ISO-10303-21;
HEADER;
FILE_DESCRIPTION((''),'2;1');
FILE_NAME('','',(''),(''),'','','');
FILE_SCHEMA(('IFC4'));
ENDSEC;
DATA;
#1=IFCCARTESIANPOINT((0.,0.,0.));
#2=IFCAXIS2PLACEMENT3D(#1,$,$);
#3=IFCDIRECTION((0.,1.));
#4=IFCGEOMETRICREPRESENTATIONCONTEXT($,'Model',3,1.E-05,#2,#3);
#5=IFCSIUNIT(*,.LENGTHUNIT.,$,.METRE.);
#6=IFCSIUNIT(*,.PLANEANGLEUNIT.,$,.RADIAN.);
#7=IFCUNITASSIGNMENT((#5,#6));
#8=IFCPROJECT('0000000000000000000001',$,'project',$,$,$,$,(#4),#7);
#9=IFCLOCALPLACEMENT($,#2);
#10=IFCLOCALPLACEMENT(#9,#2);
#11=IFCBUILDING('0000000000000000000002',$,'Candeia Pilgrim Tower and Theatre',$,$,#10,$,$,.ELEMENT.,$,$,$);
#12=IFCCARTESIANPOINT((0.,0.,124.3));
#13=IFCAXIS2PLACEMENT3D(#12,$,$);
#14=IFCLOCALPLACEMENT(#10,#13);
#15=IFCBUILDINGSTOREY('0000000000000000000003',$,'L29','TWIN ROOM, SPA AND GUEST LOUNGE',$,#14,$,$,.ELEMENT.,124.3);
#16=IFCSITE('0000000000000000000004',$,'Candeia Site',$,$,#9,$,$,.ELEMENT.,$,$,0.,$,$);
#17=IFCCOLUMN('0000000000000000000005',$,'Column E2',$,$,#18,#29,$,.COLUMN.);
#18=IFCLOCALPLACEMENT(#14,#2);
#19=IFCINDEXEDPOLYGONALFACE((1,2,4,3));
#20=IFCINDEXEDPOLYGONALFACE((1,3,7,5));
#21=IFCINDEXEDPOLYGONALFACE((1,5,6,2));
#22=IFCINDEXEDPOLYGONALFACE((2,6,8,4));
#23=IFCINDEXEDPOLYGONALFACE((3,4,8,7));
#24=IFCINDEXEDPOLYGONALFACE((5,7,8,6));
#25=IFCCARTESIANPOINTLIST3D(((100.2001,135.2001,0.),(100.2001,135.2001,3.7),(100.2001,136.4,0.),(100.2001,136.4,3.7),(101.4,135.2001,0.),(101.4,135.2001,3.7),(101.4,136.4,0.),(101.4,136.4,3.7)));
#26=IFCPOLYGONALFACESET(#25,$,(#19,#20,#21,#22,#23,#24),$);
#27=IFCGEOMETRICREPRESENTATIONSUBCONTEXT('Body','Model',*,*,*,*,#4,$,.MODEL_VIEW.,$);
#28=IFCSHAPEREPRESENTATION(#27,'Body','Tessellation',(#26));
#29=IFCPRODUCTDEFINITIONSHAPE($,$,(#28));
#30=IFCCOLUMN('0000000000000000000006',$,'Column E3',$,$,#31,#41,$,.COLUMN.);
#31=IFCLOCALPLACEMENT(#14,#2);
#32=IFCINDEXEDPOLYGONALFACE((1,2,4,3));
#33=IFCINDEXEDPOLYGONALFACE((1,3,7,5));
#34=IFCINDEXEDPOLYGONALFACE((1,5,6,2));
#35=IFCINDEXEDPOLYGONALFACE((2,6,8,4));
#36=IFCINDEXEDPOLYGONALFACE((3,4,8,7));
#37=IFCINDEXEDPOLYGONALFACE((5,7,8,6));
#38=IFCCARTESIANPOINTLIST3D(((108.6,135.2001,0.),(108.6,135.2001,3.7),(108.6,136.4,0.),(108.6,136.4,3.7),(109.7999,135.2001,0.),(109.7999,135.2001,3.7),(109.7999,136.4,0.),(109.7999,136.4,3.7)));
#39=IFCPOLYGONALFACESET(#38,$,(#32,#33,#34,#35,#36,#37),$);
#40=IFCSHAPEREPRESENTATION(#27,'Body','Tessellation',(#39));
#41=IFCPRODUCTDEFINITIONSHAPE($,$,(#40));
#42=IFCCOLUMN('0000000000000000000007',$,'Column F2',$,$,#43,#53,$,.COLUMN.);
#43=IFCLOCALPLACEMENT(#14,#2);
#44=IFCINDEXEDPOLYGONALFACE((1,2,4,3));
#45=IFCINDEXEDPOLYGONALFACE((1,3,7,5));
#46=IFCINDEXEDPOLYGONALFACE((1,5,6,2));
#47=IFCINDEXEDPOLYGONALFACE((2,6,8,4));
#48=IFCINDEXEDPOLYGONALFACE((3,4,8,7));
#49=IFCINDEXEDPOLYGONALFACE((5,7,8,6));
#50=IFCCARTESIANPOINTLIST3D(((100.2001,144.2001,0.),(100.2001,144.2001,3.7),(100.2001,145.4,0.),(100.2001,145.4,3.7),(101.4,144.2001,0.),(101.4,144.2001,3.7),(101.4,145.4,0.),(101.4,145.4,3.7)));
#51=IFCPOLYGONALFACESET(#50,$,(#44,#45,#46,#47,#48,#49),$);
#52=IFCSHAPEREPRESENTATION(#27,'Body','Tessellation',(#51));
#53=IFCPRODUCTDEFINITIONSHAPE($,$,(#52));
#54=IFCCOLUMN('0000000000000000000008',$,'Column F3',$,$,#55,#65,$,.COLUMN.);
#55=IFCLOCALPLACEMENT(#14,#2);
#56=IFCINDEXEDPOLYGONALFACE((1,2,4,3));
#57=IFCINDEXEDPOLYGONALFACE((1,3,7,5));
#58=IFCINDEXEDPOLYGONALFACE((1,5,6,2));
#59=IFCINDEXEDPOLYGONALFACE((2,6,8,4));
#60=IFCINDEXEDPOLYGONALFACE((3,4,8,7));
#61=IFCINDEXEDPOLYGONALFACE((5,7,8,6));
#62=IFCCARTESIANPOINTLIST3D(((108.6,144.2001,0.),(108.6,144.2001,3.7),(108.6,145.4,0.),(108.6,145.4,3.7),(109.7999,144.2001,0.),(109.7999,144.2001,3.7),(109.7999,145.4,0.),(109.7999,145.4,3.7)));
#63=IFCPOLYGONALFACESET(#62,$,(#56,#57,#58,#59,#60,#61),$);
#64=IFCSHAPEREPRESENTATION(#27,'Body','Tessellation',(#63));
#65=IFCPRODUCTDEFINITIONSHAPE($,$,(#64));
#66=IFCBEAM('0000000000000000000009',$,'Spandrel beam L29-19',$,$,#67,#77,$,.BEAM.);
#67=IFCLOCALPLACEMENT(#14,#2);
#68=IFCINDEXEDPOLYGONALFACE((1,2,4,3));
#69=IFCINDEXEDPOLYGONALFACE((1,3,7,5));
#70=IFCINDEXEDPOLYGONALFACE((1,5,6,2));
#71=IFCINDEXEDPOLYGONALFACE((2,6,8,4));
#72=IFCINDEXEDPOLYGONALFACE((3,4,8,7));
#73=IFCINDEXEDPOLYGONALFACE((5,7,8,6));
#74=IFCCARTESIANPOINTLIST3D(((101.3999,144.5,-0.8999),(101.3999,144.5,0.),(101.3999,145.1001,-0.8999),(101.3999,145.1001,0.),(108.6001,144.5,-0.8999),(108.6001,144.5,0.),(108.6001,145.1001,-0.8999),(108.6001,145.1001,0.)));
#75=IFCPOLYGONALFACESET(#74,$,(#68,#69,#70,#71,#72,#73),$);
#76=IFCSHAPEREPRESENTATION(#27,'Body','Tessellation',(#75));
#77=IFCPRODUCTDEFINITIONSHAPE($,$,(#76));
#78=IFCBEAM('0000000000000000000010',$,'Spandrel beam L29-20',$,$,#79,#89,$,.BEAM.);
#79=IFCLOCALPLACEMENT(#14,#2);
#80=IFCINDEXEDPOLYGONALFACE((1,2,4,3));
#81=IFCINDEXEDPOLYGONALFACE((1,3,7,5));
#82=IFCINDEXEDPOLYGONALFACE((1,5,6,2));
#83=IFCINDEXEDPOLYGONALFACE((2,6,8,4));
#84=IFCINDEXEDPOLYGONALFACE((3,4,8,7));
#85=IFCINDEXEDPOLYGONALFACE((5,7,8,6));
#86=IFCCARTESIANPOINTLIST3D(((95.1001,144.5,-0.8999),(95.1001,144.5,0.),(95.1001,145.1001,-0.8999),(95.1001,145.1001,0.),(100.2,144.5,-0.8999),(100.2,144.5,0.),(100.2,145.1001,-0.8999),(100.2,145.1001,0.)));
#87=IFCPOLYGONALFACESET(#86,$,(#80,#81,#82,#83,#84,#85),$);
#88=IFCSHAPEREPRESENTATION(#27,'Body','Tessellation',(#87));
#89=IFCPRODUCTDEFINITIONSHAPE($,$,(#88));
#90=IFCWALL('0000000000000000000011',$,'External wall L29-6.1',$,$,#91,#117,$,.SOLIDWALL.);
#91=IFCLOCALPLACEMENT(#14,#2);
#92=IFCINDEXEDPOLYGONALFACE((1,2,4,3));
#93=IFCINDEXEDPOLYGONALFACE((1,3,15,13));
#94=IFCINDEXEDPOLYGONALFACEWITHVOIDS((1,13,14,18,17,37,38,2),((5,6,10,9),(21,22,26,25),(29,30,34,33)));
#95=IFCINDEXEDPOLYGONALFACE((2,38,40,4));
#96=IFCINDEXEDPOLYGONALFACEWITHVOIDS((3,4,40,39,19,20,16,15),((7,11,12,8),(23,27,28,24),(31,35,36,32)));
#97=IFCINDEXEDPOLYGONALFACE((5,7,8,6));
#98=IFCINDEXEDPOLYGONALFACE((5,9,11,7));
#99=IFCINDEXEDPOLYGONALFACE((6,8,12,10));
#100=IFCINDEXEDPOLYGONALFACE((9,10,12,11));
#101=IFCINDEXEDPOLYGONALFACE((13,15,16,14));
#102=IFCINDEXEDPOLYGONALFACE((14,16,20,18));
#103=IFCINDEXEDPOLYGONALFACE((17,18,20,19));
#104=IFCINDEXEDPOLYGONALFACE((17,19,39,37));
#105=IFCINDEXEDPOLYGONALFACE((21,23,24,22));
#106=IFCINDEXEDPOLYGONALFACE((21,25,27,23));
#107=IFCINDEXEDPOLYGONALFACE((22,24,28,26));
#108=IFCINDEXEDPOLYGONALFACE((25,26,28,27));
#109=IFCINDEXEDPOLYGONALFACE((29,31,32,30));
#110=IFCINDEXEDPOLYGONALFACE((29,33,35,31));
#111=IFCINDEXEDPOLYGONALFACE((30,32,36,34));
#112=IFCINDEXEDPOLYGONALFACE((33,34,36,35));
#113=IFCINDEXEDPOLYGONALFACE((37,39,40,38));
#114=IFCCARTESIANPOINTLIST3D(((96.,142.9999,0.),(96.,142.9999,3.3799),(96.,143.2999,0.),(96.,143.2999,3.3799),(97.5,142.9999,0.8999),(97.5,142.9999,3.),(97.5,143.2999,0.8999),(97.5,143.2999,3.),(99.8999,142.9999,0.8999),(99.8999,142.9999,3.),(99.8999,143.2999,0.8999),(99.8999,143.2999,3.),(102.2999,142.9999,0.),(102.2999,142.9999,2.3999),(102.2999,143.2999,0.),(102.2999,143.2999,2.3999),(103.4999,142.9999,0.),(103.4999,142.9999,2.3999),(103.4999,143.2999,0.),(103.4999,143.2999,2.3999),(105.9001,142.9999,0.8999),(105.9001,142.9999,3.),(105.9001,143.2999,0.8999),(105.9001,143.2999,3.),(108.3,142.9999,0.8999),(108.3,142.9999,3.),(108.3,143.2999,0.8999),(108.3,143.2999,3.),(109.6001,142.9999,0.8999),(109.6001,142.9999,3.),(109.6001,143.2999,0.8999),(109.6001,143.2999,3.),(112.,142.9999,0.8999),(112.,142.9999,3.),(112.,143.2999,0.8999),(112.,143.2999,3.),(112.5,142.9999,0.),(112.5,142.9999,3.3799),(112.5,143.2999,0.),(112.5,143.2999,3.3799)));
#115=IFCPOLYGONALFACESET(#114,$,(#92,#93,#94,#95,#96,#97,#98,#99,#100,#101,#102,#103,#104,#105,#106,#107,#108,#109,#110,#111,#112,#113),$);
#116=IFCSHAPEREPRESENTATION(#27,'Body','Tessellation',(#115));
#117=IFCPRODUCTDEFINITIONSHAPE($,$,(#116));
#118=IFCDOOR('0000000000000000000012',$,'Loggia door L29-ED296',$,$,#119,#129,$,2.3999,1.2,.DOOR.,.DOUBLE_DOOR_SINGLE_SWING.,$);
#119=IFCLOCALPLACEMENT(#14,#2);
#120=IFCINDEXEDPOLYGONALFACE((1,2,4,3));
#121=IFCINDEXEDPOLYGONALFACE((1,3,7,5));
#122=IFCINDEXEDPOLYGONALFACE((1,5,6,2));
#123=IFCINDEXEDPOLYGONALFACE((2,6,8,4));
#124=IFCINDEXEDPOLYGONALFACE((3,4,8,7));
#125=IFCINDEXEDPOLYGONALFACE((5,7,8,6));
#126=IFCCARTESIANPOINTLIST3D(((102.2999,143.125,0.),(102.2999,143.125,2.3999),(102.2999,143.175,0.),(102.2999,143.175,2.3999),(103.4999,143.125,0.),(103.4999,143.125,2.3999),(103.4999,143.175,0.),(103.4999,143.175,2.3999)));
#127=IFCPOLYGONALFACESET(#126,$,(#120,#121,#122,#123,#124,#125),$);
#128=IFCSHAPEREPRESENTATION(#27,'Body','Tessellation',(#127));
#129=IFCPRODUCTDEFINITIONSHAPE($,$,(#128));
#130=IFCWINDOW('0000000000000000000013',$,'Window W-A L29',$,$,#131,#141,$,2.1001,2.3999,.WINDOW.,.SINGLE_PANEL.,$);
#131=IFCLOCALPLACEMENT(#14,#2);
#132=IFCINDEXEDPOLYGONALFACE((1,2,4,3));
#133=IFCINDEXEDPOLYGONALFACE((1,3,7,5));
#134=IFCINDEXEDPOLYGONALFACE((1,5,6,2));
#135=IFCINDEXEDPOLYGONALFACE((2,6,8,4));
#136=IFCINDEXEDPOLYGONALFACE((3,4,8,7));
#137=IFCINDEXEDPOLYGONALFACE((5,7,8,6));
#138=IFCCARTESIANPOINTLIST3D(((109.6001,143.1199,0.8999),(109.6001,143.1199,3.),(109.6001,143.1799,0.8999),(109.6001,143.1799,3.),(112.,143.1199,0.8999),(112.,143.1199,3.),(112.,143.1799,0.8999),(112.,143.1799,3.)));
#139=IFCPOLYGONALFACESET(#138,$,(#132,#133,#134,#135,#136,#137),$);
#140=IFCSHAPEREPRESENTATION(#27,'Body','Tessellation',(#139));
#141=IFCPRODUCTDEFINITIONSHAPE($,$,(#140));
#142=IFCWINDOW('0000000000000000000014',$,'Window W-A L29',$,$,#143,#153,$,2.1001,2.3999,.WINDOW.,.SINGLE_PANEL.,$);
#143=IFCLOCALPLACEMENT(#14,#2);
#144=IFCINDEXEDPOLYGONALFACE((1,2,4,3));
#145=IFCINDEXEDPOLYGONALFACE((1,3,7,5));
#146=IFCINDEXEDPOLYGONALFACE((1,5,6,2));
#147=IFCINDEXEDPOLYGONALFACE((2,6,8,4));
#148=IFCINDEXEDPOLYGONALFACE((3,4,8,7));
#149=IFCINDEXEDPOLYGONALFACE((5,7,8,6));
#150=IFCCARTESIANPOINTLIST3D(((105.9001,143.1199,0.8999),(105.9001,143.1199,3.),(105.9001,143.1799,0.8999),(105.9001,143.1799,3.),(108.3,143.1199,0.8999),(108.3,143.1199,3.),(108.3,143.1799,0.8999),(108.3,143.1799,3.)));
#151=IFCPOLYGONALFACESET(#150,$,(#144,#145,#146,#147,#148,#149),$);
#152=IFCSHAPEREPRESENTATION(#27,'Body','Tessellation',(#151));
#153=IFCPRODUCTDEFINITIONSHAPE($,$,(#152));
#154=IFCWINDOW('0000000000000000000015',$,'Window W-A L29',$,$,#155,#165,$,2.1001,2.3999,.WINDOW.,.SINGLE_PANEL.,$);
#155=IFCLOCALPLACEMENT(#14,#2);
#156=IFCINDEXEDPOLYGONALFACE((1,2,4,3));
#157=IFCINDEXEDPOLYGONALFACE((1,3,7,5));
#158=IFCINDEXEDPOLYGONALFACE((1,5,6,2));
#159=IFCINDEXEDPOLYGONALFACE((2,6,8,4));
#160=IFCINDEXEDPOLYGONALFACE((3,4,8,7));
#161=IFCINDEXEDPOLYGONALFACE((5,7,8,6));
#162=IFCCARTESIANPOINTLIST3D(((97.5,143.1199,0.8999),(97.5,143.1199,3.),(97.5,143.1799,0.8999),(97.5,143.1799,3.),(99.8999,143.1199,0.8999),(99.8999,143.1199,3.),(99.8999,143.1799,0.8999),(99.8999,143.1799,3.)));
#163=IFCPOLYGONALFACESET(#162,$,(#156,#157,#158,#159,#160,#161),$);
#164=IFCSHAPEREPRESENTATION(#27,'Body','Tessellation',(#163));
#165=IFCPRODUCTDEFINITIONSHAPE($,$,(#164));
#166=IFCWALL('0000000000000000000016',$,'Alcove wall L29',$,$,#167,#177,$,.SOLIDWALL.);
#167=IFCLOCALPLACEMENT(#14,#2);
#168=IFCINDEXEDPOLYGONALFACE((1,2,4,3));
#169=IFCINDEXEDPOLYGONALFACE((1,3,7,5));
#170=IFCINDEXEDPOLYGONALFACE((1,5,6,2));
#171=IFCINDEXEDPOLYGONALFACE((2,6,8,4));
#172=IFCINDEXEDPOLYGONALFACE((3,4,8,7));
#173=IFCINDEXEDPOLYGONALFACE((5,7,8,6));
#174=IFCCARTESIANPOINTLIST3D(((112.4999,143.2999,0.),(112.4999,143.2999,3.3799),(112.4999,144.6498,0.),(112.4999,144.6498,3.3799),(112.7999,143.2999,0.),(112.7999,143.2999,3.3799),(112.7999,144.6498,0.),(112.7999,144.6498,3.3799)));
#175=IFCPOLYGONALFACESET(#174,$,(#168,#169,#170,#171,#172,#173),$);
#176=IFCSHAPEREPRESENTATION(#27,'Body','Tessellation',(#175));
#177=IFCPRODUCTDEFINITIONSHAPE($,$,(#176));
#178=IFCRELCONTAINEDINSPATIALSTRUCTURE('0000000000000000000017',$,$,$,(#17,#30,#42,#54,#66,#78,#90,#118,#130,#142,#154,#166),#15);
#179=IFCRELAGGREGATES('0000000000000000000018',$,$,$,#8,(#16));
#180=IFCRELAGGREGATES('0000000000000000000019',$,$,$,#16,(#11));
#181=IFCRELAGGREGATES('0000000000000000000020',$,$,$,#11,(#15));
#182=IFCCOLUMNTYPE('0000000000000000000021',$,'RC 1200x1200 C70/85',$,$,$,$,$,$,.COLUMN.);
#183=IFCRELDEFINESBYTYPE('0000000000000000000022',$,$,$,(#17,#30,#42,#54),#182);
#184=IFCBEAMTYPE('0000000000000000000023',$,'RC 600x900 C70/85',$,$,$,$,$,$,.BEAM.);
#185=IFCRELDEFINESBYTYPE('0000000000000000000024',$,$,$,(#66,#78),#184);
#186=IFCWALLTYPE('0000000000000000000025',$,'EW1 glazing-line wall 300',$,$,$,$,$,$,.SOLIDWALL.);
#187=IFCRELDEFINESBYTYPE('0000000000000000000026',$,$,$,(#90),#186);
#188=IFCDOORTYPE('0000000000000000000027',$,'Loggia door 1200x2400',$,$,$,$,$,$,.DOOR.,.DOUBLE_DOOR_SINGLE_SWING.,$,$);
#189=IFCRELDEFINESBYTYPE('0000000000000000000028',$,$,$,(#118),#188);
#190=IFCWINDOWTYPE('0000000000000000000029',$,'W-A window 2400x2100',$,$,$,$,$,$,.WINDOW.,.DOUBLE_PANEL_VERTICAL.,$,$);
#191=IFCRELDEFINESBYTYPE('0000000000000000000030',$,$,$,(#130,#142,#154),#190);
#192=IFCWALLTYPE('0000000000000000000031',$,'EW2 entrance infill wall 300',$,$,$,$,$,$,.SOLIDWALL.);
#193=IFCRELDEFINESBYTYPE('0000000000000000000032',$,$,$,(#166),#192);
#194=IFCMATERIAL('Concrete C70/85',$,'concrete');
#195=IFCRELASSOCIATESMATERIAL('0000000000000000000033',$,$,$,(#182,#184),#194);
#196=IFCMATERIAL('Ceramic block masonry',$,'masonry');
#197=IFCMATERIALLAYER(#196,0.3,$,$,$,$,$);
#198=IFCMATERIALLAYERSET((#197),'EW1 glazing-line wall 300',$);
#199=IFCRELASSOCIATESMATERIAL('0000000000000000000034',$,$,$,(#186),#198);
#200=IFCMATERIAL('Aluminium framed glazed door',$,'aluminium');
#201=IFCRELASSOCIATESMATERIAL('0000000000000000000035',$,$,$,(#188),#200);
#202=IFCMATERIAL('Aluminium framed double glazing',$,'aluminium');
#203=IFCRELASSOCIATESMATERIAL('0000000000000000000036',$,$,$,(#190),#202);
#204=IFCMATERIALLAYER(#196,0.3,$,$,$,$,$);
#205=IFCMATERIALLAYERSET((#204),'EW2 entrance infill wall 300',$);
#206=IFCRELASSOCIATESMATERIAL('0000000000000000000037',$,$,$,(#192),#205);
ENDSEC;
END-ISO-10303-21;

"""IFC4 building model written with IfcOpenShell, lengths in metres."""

from ifc_helpers import new_model, si_unit, direction, frame, frame_2d, origin, origin_2d, place, context, subcontext, project, spatial, rectangle, extrude, material, layer, layer_set, material_profile, profile_set, type_object, element, fill, save


model = new_model("IFC4")

# Units and contexts
model_context = context("Model", 3, precision=1e-05, world=origin(), true_north=direction((0.0, 1.0)))
body_context = subcontext(model_context, "Body", "Model", "MODEL_VIEW")
ifc_project = project(units=[si_unit("LENGTHUNIT", "METRE"), si_unit("PLANEANGLEUNIT", "RADIAN")], contexts=[model_context])

# Site, building, storey
site_placement = place(None, origin())
site = spatial("IfcSite", under=ifc_project, at=site_placement, Name="Candeia Site", CompositionType="ELEMENT", RefElevation=0.0)
building_placement = place(site_placement, origin())
building = spatial("IfcBuilding", under=site, at=building_placement, Name="Candeia Pilgrim Tower and Theatre", CompositionType="ELEMENT")
storey_placement = place(building_placement, frame((0.0, 0.0, 124.3)))
storey = spatial("IfcBuildingStorey", under=building, at=storey_placement, Name="L29", Description="TWIN ROOM, SPA AND GUEST LOUNGE", CompositionType="ELEMENT", Elevation=124.3)

# Columns
ifc_material_1 = material(Name="Concrete C70/85", Category="concrete")
ifc_material_profile_1 = material_profile(ifc_material_1, rectangle(XDim=1.2, YDim=1.2, at=origin_2d()))
ifc_profile_set_1 = profile_set([ifc_material_profile_1], Name="Concrete C70/85")
column_type = type_object("IfcColumnType", Name="RC 1200x1200 C70/85", PredefinedType="COLUMN", material=ifc_profile_set_1)
for number, where, z_axis, x_axis, name in (
    (1, (100.8, 135.8, 0.0), (0.0, 0.0, 1.0), (1.0, 0.0, 0.0), "Column E2"),
    (2, (109.2, 135.8, 0.0), (0.0, 0.0, 1.0), (1.0, 0.0, 0.0), "Column E3"),
    (3, (100.8, 144.8, 0.0), (0.0, 0.0, 1.0), (1.0, 0.0, 0.0), "Column F2"),
    (4, (109.2, 144.8, 0.0), (0.0, 0.0, 1.0), (1.0, 0.0, 0.0), "Column F3"),
):
    element("IfcColumn", number, at=place(storey_placement, frame(where, z_axis=z_axis, x_axis=x_axis)), inside=storey, type_object=column_type, Name=name, PredefinedType="COLUMN", context=body_context, shape_type="SweptSolid", body=[
        extrude(rectangle(XDim=1.2, YDim=1.2, at=origin_2d()), origin(), (0.0, 0.0, 1.0), 3.7),
    ])

# Beams
ifc_material_profile_2 = material_profile(ifc_material_1, rectangle(XDim=0.6001, YDim=0.8999, at=origin_2d()))
ifc_profile_set_2 = profile_set([ifc_material_profile_2], Name="Concrete C70/85")
beam_type = type_object("IfcBeamType", Name="RC 600x900 C70/85", PredefinedType="BEAM", material=ifc_profile_set_2)
beam_1_placement = place(storey_placement, frame((108.6001, 144.8, -0.45), z_axis=(-1.0, 0.0, 0.0), x_axis=(0.0, -1.0, 0.0)))
element("IfcBeam", 5, at=beam_1_placement, inside=storey, type_object=beam_type, Name="Spandrel beam L29-19", PredefinedType="BEAM", context=body_context, shape_type="SweptSolid", body=[
    extrude(rectangle(XDim=0.6001, YDim=0.8999, at=origin_2d()), origin(), (0.0, 0.0, 1.0), 7.2002),
])
beam_2_placement = place(storey_placement, frame((100.2, 144.8, -0.45), z_axis=(-1.0, 0.0, 0.0), x_axis=(0.0, -1.0, 0.0)))
element("IfcBeam", 6, at=beam_2_placement, inside=storey, type_object=beam_type, Name="Spandrel beam L29-20", PredefinedType="BEAM", context=body_context, shape_type="SweptSolid", body=[
    extrude(rectangle(XDim=0.6001, YDim=0.8999, at=origin_2d()), origin(), (0.0, 0.0, 1.0), 5.0999),
])

# Wall, openings, door, windows
ifc_material_2 = material(Name="Ceramic block masonry", Category="masonry")
ifc_layer_1 = layer(ifc_material_2, 0.3)
ifc_layer_set_1 = layer_set([ifc_layer_1], Name="EW1 glazing-line wall 300")
wall_type_1 = type_object("IfcWallType", Name="EW1 glazing-line wall 300", PredefinedType="SOLIDWALL", material=ifc_layer_set_1)
wall_1_placement = place(storey_placement, frame((112.5, 143.1499, 0.0), z_axis=(0.0, 0.0, 1.0), x_axis=(-1.0, 0.0, 0.0)))
wall_1 = element("IfcWall", 7, at=wall_1_placement, inside=storey, type_object=wall_type_1, Name="External wall L29-6.1", PredefinedType="SOLIDWALL", context=body_context, shape_type="SweptSolid", body=[
    extrude(rectangle(XDim=16.5, YDim=0.3, at=frame_2d((8.25, 0.0))), origin(), (0.0, 0.0, 1.0), 3.3799),
])
opening_1_placement = place(wall_1_placement, frame((0.5, 0.0, 0.8999)))
opening_1 = element("IfcOpeningElement", 8, at=opening_1_placement, cuts=wall_1, PredefinedType="OPENING", context=body_context, shape_type="SweptSolid", body=[
    extrude(rectangle(XDim=2.3999, YDim=2.1001, at=frame_2d((1.2, 1.05))), frame((0.0, 0.1602, 0.0), z_axis=(0.0, -1.0, 0.0), x_axis=(1.0, 0.0, 0.0)), (0.0, 0.0, 1.0), 0.3201),
])
opening_2_placement = place(wall_1_placement, frame((4.2, 0.0, 0.8999)))
opening_2 = element("IfcOpeningElement", 9, at=opening_2_placement, cuts=wall_1, PredefinedType="OPENING", context=body_context, shape_type="SweptSolid", body=[
    extrude(rectangle(XDim=2.3999, YDim=2.1001, at=frame_2d((1.2, 1.05))), frame((0.0, 0.1602, 0.0), z_axis=(0.0, -1.0, 0.0), x_axis=(1.0, 0.0, 0.0)), (0.0, 0.0, 1.0), 0.3201),
])
opening_3_placement = place(wall_1_placement, frame((9.0, 0.0, 0.0)))
opening_3 = element("IfcOpeningElement", 10, at=opening_3_placement, cuts=wall_1, PredefinedType="OPENING", context=body_context, shape_type="SweptSolid", body=[
    extrude(rectangle(XDim=1.2, YDim=2.3999, at=frame_2d((0.6001, 1.2))), frame((0.0, 0.1602, 0.0), z_axis=(0.0, -1.0, 0.0), x_axis=(1.0, 0.0, 0.0)), (0.0, 0.0, 1.0), 0.3201),
])
opening_4_placement = place(wall_1_placement, frame((12.6001, 0.0, 0.8999)))
opening_4 = element("IfcOpeningElement", 11, at=opening_4_placement, cuts=wall_1, PredefinedType="OPENING", context=body_context, shape_type="SweptSolid", body=[
    extrude(rectangle(XDim=2.3999, YDim=2.1001, at=frame_2d((1.2, 1.05))), frame((0.0, 0.1602, 0.0), z_axis=(0.0, -1.0, 0.0), x_axis=(1.0, 0.0, 0.0)), (0.0, 0.0, 1.0), 0.3201),
])
ifc_material_3 = material(Name="Aluminium framed glazed door", Category="aluminium")
door_type_1 = type_object("IfcDoorType", Name="Loggia door 1200x2400", OperationType="DOUBLE_DOOR_SINGLE_SWING", PredefinedType="DOOR", material=ifc_material_3)
door_1_placement = place(opening_3_placement, origin())
door_1 = element("IfcDoor", 12, at=door_1_placement, inside=storey, type_object=door_type_1, Name="Loggia door L29-ED296", OperationType="DOUBLE_DOOR_SINGLE_SWING", OverallHeight=2.3999, OverallWidth=1.2, PredefinedType="DOOR", context=body_context, shape_type="SweptSolid", body=[
    extrude(rectangle(XDim=1.2, YDim=2.3999, at=frame_2d((0.6001, 1.2))), frame((0.0, 0.0249, 0.0), z_axis=(0.0, -1.0, 0.0), x_axis=(1.0, 0.0, 0.0)), (0.0, 0.0, 1.0), 0.05),
])
fill(opening_3, door_1)
ifc_material_4 = material(Name="Aluminium framed double glazing", Category="aluminium")
window_type = type_object("IfcWindowType", Name="W-A window 2400x2100", PartitioningType="DOUBLE_PANEL_VERTICAL", PredefinedType="WINDOW", material=ifc_material_4)
window_1_placement = place(opening_1_placement, origin())
window_1 = element("IfcWindow", 13, at=window_1_placement, inside=storey, type_object=window_type, Name="Window W-A L29", OverallHeight=2.1001, OverallWidth=2.3999, PartitioningType="SINGLE_PANEL", PredefinedType="WINDOW", context=body_context, shape_type="SweptSolid", body=[
    extrude(rectangle(XDim=2.3999, YDim=2.1001, at=frame_2d((1.2, 1.05))), frame((0.0, 0.03, 0.0), z_axis=(0.0, -1.0, 0.0), x_axis=(1.0, 0.0, 0.0)), (0.0, 0.0, 1.0), 0.0601),
])
fill(opening_1, window_1)
window_2_placement = place(opening_2_placement, origin())
window_2 = element("IfcWindow", 14, at=window_2_placement, inside=storey, type_object=window_type, Name="Window W-A L29", OverallHeight=2.1001, OverallWidth=2.3999, PartitioningType="SINGLE_PANEL", PredefinedType="WINDOW", context=body_context, shape_type="SweptSolid", body=[
    extrude(rectangle(XDim=2.3999, YDim=2.1001, at=frame_2d((1.2, 1.05))), frame((0.0, 0.03, 0.0), z_axis=(0.0, -1.0, 0.0), x_axis=(1.0, 0.0, 0.0)), (0.0, 0.0, 1.0), 0.0601),
])
fill(opening_2, window_2)
window_3_placement = place(opening_4_placement, origin())
window_3 = element("IfcWindow", 15, at=window_3_placement, inside=storey, type_object=window_type, Name="Window W-A L29", OverallHeight=2.1001, OverallWidth=2.3999, PartitioningType="SINGLE_PANEL", PredefinedType="WINDOW", context=body_context, shape_type="SweptSolid", body=[
    extrude(rectangle(XDim=2.3999, YDim=2.1001, at=frame_2d((1.2, 1.05))), frame((0.0, 0.03, 0.0), z_axis=(0.0, -1.0, 0.0), x_axis=(1.0, 0.0, 0.0)), (0.0, 0.0, 1.0), 0.0601),
])
fill(opening_4, window_3)

# Wall
ifc_layer_2 = layer(ifc_material_2, 0.3)
ifc_layer_set_2 = layer_set([ifc_layer_2], Name="EW2 entrance infill wall 300")
wall_type_2 = type_object("IfcWallType", Name="EW2 entrance infill wall 300", PredefinedType="SOLIDWALL", material=ifc_layer_set_2)
wall_2_placement = place(storey_placement, frame((112.6499, 143.3, 0.0), z_axis=(0.0, 0.0, 1.0), x_axis=(0.0, 1.0, 0.0)))
element("IfcWall", 16, at=wall_2_placement, inside=storey, type_object=wall_type_2, Name="Alcove wall L29", PredefinedType="SOLIDWALL", context=body_context, shape_type="SweptSolid", body=[
    extrude(rectangle(XDim=1.3499, YDim=0.3, at=frame_2d((0.6748, 0.0))), origin(), (0.0, 0.0, 1.0), 3.3799),
])

save(model, "model.ifc")
